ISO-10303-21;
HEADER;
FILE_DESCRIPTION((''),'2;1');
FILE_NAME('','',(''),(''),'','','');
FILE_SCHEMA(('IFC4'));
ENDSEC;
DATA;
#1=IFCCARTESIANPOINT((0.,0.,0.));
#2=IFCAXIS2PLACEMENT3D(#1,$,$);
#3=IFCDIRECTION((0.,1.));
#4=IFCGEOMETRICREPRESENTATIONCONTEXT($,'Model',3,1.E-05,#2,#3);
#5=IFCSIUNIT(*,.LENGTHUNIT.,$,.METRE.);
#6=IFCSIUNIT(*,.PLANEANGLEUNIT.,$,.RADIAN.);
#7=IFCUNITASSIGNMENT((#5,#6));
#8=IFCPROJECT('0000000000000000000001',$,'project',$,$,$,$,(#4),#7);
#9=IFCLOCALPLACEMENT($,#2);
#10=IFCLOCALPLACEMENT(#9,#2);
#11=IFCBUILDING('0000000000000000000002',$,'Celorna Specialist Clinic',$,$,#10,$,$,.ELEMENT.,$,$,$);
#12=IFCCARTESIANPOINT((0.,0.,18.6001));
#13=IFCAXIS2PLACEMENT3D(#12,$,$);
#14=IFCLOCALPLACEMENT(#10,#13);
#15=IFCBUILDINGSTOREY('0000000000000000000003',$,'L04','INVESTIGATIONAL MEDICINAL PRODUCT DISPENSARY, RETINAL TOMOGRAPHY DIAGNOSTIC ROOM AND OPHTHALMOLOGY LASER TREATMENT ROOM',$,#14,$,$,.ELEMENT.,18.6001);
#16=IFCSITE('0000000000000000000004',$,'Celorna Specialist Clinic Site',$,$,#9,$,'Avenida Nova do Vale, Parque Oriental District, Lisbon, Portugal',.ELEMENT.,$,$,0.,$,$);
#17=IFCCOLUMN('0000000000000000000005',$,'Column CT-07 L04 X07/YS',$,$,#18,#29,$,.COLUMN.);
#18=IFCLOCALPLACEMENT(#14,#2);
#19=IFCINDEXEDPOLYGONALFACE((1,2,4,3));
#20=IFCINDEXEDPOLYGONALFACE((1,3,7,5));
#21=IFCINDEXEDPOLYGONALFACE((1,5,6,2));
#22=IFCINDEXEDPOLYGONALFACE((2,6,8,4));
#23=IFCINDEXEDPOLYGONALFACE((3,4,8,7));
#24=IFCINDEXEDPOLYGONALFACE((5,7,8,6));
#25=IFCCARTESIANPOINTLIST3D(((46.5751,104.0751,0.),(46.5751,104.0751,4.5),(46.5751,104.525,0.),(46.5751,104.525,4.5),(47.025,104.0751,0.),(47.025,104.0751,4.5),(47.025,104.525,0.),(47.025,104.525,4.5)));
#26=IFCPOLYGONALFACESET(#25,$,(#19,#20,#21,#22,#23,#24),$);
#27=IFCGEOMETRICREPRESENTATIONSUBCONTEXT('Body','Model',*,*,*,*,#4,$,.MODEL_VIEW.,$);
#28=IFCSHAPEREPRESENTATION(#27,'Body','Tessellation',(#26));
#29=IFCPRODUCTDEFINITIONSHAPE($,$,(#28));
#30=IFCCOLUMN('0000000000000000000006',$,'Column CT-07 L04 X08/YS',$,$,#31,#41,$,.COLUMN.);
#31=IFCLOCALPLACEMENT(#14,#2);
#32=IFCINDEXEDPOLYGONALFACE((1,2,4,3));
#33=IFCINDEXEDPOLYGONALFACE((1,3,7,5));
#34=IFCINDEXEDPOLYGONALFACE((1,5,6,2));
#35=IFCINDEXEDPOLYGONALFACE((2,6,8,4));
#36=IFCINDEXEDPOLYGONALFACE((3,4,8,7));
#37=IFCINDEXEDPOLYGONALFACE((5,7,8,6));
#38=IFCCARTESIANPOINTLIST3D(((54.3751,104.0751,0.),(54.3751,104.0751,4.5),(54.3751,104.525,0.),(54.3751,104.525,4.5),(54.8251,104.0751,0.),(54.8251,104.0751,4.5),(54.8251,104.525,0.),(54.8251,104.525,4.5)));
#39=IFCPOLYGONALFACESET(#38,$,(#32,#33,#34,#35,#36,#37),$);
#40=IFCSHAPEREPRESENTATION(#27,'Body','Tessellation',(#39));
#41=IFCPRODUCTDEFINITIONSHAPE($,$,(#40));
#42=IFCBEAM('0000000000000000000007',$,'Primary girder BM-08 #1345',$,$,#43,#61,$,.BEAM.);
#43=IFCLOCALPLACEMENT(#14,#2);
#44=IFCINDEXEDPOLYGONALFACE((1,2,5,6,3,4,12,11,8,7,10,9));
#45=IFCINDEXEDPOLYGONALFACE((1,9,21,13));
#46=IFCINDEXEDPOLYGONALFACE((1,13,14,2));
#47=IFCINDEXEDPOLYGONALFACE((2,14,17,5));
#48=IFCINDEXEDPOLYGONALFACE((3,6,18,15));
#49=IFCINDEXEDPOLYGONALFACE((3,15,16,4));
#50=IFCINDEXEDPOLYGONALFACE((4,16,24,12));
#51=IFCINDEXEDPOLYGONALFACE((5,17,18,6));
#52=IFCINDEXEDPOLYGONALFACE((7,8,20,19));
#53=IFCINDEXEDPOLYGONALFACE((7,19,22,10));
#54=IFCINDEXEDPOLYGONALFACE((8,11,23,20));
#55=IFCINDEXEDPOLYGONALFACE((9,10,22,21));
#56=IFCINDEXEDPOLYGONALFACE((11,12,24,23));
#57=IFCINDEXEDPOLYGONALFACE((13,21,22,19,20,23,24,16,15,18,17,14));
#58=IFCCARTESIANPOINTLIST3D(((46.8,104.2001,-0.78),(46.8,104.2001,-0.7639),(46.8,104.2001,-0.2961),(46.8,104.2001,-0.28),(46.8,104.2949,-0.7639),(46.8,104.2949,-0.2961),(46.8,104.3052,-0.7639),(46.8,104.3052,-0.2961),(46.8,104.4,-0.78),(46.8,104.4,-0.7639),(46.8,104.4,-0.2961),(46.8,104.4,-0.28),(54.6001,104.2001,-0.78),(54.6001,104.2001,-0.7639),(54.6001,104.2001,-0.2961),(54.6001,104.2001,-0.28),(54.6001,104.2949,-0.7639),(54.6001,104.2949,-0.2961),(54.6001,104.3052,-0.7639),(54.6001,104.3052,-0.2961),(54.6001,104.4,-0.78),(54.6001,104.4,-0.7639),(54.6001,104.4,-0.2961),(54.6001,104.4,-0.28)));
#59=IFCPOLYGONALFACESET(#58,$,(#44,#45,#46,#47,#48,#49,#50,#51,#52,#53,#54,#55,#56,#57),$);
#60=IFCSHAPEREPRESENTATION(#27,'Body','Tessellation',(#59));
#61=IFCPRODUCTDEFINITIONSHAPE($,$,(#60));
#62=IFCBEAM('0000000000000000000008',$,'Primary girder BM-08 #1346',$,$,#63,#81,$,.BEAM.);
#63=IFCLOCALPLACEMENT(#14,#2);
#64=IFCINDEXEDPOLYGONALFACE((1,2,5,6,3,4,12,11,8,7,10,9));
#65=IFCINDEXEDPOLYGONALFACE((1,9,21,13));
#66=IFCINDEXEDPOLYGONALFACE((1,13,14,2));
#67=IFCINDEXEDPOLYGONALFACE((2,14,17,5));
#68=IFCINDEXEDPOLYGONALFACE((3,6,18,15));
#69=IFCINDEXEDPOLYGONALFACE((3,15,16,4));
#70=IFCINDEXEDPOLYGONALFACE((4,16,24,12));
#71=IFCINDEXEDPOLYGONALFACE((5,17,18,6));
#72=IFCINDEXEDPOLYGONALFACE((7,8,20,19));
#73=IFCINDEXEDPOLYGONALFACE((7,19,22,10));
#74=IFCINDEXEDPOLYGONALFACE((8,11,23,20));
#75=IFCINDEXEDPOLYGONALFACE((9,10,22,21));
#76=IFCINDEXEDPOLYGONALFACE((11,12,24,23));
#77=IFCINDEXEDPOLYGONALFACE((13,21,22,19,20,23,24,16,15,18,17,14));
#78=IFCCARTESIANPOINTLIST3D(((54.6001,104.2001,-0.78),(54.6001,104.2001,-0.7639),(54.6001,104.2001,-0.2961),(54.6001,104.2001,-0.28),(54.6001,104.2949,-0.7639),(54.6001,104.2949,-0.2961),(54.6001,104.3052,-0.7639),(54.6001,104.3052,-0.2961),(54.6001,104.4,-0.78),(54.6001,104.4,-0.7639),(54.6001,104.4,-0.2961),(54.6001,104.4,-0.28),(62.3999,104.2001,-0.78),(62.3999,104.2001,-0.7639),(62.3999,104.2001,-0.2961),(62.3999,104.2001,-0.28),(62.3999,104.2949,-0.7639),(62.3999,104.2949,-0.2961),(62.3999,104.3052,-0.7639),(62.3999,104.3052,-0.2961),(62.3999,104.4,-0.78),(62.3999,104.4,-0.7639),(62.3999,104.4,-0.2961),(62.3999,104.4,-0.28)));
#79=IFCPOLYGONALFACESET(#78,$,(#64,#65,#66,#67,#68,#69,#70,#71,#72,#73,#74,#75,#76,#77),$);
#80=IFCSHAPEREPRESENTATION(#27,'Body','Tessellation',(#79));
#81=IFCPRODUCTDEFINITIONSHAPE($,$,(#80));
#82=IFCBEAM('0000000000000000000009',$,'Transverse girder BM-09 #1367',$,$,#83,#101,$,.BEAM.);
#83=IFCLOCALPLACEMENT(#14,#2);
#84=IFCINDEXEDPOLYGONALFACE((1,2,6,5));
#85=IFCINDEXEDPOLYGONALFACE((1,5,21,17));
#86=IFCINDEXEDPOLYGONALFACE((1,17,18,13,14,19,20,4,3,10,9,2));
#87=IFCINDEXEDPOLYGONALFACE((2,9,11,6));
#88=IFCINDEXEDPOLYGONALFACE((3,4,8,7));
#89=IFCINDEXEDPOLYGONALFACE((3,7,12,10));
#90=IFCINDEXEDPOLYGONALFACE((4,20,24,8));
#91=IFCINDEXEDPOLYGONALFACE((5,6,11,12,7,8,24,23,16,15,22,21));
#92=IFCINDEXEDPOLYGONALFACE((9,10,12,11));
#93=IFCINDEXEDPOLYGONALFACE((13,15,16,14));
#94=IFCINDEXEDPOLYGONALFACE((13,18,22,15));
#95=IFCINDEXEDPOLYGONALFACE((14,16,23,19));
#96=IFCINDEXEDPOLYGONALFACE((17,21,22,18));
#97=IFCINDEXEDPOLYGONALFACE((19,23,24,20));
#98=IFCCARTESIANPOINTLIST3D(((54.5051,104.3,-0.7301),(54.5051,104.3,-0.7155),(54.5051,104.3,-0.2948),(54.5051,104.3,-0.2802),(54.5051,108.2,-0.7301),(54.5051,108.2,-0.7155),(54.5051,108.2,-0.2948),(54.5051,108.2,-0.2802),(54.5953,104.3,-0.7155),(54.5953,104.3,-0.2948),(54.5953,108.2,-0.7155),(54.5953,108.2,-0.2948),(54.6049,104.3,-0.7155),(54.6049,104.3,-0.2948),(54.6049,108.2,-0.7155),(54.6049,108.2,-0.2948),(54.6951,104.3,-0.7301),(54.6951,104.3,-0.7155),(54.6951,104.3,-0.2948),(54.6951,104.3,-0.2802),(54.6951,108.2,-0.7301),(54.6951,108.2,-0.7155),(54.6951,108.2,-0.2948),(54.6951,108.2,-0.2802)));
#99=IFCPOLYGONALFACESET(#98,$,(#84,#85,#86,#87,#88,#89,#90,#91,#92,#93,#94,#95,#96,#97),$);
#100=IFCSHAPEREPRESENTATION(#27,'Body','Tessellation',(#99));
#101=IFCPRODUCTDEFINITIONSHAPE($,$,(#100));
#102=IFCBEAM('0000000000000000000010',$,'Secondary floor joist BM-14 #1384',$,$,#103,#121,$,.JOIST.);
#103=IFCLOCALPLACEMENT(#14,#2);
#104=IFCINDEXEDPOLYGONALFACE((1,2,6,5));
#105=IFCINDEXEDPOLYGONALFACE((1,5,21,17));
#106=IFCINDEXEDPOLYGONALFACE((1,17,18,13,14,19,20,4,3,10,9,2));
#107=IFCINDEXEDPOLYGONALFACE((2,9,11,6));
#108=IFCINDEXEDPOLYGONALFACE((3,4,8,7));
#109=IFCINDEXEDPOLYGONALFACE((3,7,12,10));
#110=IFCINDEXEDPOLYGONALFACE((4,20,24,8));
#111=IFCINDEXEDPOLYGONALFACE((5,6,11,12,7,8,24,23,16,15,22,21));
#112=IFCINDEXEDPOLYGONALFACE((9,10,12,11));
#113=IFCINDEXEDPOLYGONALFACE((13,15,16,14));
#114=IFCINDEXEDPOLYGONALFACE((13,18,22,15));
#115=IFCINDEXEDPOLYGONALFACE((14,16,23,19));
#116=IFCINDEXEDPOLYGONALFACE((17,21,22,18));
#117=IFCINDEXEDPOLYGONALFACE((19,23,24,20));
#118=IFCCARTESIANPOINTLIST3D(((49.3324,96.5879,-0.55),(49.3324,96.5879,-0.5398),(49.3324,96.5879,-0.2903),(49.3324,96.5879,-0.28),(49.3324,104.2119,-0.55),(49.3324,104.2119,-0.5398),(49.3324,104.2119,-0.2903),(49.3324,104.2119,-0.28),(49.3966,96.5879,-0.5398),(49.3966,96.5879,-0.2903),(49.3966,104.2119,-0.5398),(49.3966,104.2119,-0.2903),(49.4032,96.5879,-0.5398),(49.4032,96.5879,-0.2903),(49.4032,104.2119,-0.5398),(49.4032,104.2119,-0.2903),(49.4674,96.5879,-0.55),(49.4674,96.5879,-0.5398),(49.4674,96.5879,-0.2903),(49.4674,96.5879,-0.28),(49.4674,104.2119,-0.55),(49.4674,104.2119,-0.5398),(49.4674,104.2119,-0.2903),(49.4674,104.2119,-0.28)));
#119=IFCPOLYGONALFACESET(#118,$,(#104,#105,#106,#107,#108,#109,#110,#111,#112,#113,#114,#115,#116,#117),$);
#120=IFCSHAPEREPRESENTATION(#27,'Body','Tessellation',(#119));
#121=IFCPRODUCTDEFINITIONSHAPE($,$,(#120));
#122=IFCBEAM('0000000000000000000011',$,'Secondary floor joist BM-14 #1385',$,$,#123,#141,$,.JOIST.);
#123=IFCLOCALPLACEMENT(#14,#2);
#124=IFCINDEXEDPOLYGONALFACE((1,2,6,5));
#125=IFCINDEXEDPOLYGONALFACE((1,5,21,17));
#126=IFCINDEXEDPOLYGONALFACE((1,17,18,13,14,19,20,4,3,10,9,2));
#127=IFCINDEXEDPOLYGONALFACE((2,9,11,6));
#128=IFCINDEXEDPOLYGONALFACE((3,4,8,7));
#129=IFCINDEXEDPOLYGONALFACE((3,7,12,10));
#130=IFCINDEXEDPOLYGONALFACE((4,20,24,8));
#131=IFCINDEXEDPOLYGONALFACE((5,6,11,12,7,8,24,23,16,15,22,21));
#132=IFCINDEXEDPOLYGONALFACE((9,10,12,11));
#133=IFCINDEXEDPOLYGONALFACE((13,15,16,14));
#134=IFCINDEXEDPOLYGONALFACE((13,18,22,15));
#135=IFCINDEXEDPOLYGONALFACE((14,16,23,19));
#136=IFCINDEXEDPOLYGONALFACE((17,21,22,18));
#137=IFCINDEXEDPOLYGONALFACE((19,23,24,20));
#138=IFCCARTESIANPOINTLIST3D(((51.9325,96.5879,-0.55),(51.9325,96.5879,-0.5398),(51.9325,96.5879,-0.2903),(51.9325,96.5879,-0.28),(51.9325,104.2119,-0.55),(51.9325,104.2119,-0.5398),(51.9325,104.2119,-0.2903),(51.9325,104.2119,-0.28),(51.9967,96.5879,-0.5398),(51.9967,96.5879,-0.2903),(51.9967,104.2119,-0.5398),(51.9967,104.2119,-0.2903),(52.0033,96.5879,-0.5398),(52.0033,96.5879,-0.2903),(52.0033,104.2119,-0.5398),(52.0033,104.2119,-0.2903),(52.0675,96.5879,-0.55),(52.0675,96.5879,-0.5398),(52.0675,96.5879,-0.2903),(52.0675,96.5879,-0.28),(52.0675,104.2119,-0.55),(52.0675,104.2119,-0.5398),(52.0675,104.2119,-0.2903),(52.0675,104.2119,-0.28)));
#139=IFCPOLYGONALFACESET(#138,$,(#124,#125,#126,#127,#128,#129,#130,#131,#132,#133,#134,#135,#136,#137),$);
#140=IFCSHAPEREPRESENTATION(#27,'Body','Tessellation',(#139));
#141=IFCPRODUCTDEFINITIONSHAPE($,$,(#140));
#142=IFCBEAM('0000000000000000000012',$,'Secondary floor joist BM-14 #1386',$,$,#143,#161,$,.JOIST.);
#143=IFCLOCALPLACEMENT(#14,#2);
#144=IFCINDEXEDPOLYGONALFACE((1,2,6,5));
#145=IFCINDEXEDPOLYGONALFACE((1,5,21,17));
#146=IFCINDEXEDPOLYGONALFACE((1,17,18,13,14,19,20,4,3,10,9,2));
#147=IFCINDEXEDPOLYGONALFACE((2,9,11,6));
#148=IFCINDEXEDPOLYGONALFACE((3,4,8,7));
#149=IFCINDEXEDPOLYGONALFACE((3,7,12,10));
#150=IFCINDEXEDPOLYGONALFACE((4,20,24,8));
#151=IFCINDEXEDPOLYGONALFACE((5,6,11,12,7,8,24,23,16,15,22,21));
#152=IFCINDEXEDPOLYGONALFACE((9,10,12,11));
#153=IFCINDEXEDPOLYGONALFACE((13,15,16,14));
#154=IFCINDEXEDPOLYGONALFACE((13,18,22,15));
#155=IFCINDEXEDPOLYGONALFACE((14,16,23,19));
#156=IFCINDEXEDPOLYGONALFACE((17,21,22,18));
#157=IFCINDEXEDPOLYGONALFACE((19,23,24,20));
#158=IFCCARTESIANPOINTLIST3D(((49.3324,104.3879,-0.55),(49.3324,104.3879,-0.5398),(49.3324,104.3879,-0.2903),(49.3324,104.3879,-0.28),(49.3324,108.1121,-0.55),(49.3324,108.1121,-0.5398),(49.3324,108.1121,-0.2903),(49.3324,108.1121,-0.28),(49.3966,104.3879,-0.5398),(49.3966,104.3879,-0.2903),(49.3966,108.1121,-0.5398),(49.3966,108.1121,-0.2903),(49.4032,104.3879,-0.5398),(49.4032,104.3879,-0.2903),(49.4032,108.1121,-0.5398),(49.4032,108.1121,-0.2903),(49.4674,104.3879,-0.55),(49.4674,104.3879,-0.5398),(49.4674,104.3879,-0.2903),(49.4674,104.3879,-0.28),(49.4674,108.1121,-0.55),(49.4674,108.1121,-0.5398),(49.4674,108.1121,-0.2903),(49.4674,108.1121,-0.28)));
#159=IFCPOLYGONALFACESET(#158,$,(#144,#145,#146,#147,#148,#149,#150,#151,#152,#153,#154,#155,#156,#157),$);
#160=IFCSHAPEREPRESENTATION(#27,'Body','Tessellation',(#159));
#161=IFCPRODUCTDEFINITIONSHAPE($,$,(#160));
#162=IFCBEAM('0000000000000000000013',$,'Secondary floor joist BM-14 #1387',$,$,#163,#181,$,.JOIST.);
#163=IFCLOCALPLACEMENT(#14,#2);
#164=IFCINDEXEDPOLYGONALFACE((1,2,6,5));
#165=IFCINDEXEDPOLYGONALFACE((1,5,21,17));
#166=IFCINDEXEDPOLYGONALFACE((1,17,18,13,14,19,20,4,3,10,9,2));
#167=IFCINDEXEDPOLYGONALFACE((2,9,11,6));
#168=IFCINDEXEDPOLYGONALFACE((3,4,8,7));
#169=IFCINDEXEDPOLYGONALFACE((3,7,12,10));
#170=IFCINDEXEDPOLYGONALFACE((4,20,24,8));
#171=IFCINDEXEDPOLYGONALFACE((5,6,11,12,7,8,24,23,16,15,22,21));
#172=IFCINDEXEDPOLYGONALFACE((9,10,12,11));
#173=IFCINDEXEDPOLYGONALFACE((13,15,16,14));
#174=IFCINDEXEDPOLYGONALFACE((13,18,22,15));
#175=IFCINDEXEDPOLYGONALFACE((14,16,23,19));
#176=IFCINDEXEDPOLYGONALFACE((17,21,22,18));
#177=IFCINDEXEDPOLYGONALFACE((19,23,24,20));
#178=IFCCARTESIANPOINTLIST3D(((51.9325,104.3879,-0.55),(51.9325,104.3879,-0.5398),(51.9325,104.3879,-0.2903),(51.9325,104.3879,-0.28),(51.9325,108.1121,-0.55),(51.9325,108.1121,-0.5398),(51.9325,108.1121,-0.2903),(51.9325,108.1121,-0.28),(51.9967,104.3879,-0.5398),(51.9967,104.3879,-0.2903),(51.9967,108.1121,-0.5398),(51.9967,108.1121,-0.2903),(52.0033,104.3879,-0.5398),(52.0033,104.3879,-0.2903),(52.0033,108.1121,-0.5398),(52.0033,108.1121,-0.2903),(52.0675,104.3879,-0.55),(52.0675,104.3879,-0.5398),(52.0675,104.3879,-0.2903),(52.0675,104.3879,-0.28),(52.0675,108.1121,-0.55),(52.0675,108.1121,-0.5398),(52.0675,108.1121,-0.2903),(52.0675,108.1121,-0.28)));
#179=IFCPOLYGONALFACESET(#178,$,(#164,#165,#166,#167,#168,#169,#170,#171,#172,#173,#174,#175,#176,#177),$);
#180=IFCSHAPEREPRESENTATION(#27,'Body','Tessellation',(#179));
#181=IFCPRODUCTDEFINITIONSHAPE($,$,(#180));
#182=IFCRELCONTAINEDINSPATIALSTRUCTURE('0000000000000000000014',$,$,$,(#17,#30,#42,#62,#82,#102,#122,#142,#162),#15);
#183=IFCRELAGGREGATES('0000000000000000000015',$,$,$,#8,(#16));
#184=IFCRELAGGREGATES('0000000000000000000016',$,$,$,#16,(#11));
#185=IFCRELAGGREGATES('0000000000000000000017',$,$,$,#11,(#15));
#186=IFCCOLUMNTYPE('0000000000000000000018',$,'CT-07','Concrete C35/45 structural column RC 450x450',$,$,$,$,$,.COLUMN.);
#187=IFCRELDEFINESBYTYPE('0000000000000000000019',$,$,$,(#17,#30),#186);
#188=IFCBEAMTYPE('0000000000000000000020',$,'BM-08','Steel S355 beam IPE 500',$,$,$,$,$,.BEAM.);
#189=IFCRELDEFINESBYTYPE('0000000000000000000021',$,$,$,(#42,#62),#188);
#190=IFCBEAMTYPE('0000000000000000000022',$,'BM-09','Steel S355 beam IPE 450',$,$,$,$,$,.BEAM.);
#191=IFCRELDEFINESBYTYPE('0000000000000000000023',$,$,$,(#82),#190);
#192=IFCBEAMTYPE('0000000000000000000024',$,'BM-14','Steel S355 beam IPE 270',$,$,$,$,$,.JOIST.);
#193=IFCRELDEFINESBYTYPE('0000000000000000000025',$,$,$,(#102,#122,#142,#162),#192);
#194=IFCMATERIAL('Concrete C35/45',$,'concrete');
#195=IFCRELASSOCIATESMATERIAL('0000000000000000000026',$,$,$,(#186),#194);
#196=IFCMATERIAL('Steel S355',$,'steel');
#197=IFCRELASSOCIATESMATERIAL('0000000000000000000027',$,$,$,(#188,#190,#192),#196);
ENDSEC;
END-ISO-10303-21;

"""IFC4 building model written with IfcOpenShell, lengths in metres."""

from ifc_helpers import new_model, si_unit, direction, frame, origin, origin_2d, place, context, subcontext, project, spatial, rectangle, i_section, extrude, material, material_profile, profile_set, type_object, element, save


model = new_model("IFC4")

# Units and contexts
model_context = context("Model", 3, precision=1e-05, world=origin(), true_north=direction((0.0, 1.0)))
body_context = subcontext(model_context, "Body", "Model", "MODEL_VIEW")
ifc_project = project(units=[si_unit("LENGTHUNIT", "METRE"), si_unit("PLANEANGLEUNIT", "RADIAN")], contexts=[model_context])

# Site, building, storey
site_placement = place(None, origin())
site = spatial("IfcSite", under=ifc_project, at=site_placement, Name="Celorna Specialist Clinic Site", LongName="Avenida Nova do Vale, Parque Oriental District, Lisbon, Portugal", CompositionType="ELEMENT", RefElevation=0.0)
building_placement = place(site_placement, origin())
building = spatial("IfcBuilding", under=site, at=building_placement, Name="Celorna Specialist Clinic", CompositionType="ELEMENT")
storey_placement = place(building_placement, frame((0.0, 0.0, 18.6001)))
storey = spatial("IfcBuildingStorey", under=building, at=storey_placement, Name="L04", Description="INVESTIGATIONAL MEDICINAL PRODUCT DISPENSARY, RETINAL TOMOGRAPHY DIAGNOSTIC ROOM AND OPHTHALMOLOGY LASER TREATMENT ROOM", CompositionType="ELEMENT", Elevation=18.6001)

# Columns
ifc_material_1 = material(Name="Concrete C35/45", Category="concrete")
ifc_material_profile_1 = material_profile(ifc_material_1, rectangle(XDim=0.45, YDim=0.45, at=origin_2d()), Name="RC 450x450")
ifc_profile_set_1 = profile_set([ifc_material_profile_1], Name="Concrete C35/45")
column_type = type_object("IfcColumnType", Name="CT-07", Description="Concrete C35/45 structural column RC 450x450", PredefinedType="COLUMN", material=ifc_profile_set_1)
for number, where, z_axis, x_axis, name in (
    (1, (46.8, 104.3, 0.0), (0.0, 0.0, 1.0), (1.0, 0.0, 0.0), "Column CT-07 L04 X07/YS"),
    (2, (54.6001, 104.3, 0.0), (0.0, 0.0, 1.0), (1.0, 0.0, 0.0), "Column CT-07 L04 X08/YS"),
):
    element("IfcColumn", number, at=place(storey_placement, frame(where, z_axis=z_axis, x_axis=x_axis)), inside=storey, type_object=column_type, Name=name, PredefinedType="COLUMN", context=body_context, shape_type="SweptSolid", body=[
        extrude(rectangle(XDim=0.45, YDim=0.45, at=origin_2d()), origin(), (0.0, 0.0, 1.0), 4.5),
    ])

# Beams
ifc_material_2 = material(Name="Steel S355", Category="steel")
ifc_material_profile_2 = material_profile(ifc_material_2, i_section(OverallWidth=0.2, OverallDepth=0.5, WebThickness=0.0103, FlangeThickness=0.0161, at=origin_2d()), Name="IPE 500")
ifc_profile_set_2 = profile_set([ifc_material_profile_2], Name="Steel S355")
beam_type_1 = type_object("IfcBeamType", Name="BM-08", Description="Steel S355 beam IPE 500", PredefinedType="BEAM", material=ifc_profile_set_2)
beam_1_placement = place(storey_placement, frame((46.8, 104.3, -0.53), z_axis=(1.0, 0.0, 0.0), x_axis=(0.0, 1.0, 0.0)))
element("IfcBeam", 3, at=beam_1_placement, inside=storey, type_object=beam_type_1, Name="Primary girder BM-08 #1345", PredefinedType="BEAM", context=body_context, shape_type="SweptSolid", body=[
    extrude(i_section(OverallWidth=0.2, OverallDepth=0.5, WebThickness=0.0103, FlangeThickness=0.0161, at=origin_2d()), origin(), (0.0, 0.0, 1.0), 7.8),
])
beam_2_placement = place(storey_placement, frame((54.6001, 104.3, -0.53), z_axis=(1.0, 0.0, 0.0), x_axis=(0.0, 1.0, 0.0)))
element("IfcBeam", 4, at=beam_2_placement, inside=storey, type_object=beam_type_1, Name="Primary girder BM-08 #1346", PredefinedType="BEAM", context=body_context, shape_type="SweptSolid", body=[
    extrude(i_section(OverallWidth=0.2, OverallDepth=0.5, WebThickness=0.0103, FlangeThickness=0.0161, at=origin_2d()), origin(), (0.0, 0.0, 1.0), 7.7998),
])
ifc_material_profile_3 = material_profile(ifc_material_2, i_section(OverallWidth=0.1899, OverallDepth=0.45, WebThickness=0.0095, FlangeThickness=0.0146, at=origin_2d()), Name="IPE 450")
ifc_profile_set_3 = profile_set([ifc_material_profile_3], Name="Steel S355")
beam_type_2 = type_object("IfcBeamType", Name="BM-09", Description="Steel S355 beam IPE 450", PredefinedType="BEAM", material=ifc_profile_set_3)
beam_3_placement = place(storey_placement, frame((54.6001, 104.3, -0.5051), z_axis=(0.0, 1.0, 0.0), x_axis=(-1.0, 0.0, 0.0)))
element("IfcBeam", 5, at=beam_3_placement, inside=storey, type_object=beam_type_2, Name="Transverse girder BM-09 #1367", PredefinedType="BEAM", context=body_context, shape_type="SweptSolid", body=[
    extrude(i_section(OverallWidth=0.1899, OverallDepth=0.45, WebThickness=0.0095, FlangeThickness=0.0146, at=origin_2d()), origin(), (0.0, 0.0, 1.0), 3.8999),
])
ifc_material_profile_4 = material_profile(ifc_material_2, i_section(OverallWidth=0.135, OverallDepth=0.27, WebThickness=0.0066, FlangeThickness=0.0103, at=origin_2d()), Name="IPE 270")
ifc_profile_set_4 = profile_set([ifc_material_profile_4], Name="Steel S355")
beam_type_3 = type_object("IfcBeamType", Name="BM-14", Description="Steel S355 beam IPE 270", PredefinedType="JOIST", material=ifc_profile_set_4)
for number, where, z_axis, x_axis, name in (
    (6, (49.3999, 96.5879, -0.415), (0.0, 1.0, 0.0), (-1.0, 0.0, 0.0), "Secondary floor joist BM-14 #1384"),
    (7, (52.0, 96.5879, -0.415), (0.0, 1.0, 0.0), (-1.0, 0.0, 0.0), "Secondary floor joist BM-14 #1385"),
):
    element("IfcBeam", number, at=place(storey_placement, frame(where, z_axis=z_axis, x_axis=x_axis)), inside=storey, type_object=beam_type_3, Name=name, PredefinedType="JOIST", context=body_context, shape_type="SweptSolid", body=[
        extrude(i_section(OverallWidth=0.135, OverallDepth=0.27, WebThickness=0.0066, FlangeThickness=0.0103, at=origin_2d()), origin(), (0.0, 0.0, 1.0), 7.624),
    ])
for number, where, z_axis, x_axis, name in (
    (8, (49.3999, 104.3879, -0.415), (0.0, 1.0, 0.0), (-1.0, 0.0, 0.0), "Secondary floor joist BM-14 #1386"),
    (9, (52.0, 104.3879, -0.415), (0.0, 1.0, 0.0), (-1.0, 0.0, 0.0), "Secondary floor joist BM-14 #1387"),
):
    element("IfcBeam", number, at=place(storey_placement, frame(where, z_axis=z_axis, x_axis=x_axis)), inside=storey, type_object=beam_type_3, Name=name, PredefinedType="JOIST", context=body_context, shape_type="SweptSolid", body=[
        extrude(i_section(OverallWidth=0.135, OverallDepth=0.27, WebThickness=0.0066, FlangeThickness=0.0103, at=origin_2d()), origin(), (0.0, 0.0, 1.0), 3.7241),
    ])

save(model, "model.ifc")
